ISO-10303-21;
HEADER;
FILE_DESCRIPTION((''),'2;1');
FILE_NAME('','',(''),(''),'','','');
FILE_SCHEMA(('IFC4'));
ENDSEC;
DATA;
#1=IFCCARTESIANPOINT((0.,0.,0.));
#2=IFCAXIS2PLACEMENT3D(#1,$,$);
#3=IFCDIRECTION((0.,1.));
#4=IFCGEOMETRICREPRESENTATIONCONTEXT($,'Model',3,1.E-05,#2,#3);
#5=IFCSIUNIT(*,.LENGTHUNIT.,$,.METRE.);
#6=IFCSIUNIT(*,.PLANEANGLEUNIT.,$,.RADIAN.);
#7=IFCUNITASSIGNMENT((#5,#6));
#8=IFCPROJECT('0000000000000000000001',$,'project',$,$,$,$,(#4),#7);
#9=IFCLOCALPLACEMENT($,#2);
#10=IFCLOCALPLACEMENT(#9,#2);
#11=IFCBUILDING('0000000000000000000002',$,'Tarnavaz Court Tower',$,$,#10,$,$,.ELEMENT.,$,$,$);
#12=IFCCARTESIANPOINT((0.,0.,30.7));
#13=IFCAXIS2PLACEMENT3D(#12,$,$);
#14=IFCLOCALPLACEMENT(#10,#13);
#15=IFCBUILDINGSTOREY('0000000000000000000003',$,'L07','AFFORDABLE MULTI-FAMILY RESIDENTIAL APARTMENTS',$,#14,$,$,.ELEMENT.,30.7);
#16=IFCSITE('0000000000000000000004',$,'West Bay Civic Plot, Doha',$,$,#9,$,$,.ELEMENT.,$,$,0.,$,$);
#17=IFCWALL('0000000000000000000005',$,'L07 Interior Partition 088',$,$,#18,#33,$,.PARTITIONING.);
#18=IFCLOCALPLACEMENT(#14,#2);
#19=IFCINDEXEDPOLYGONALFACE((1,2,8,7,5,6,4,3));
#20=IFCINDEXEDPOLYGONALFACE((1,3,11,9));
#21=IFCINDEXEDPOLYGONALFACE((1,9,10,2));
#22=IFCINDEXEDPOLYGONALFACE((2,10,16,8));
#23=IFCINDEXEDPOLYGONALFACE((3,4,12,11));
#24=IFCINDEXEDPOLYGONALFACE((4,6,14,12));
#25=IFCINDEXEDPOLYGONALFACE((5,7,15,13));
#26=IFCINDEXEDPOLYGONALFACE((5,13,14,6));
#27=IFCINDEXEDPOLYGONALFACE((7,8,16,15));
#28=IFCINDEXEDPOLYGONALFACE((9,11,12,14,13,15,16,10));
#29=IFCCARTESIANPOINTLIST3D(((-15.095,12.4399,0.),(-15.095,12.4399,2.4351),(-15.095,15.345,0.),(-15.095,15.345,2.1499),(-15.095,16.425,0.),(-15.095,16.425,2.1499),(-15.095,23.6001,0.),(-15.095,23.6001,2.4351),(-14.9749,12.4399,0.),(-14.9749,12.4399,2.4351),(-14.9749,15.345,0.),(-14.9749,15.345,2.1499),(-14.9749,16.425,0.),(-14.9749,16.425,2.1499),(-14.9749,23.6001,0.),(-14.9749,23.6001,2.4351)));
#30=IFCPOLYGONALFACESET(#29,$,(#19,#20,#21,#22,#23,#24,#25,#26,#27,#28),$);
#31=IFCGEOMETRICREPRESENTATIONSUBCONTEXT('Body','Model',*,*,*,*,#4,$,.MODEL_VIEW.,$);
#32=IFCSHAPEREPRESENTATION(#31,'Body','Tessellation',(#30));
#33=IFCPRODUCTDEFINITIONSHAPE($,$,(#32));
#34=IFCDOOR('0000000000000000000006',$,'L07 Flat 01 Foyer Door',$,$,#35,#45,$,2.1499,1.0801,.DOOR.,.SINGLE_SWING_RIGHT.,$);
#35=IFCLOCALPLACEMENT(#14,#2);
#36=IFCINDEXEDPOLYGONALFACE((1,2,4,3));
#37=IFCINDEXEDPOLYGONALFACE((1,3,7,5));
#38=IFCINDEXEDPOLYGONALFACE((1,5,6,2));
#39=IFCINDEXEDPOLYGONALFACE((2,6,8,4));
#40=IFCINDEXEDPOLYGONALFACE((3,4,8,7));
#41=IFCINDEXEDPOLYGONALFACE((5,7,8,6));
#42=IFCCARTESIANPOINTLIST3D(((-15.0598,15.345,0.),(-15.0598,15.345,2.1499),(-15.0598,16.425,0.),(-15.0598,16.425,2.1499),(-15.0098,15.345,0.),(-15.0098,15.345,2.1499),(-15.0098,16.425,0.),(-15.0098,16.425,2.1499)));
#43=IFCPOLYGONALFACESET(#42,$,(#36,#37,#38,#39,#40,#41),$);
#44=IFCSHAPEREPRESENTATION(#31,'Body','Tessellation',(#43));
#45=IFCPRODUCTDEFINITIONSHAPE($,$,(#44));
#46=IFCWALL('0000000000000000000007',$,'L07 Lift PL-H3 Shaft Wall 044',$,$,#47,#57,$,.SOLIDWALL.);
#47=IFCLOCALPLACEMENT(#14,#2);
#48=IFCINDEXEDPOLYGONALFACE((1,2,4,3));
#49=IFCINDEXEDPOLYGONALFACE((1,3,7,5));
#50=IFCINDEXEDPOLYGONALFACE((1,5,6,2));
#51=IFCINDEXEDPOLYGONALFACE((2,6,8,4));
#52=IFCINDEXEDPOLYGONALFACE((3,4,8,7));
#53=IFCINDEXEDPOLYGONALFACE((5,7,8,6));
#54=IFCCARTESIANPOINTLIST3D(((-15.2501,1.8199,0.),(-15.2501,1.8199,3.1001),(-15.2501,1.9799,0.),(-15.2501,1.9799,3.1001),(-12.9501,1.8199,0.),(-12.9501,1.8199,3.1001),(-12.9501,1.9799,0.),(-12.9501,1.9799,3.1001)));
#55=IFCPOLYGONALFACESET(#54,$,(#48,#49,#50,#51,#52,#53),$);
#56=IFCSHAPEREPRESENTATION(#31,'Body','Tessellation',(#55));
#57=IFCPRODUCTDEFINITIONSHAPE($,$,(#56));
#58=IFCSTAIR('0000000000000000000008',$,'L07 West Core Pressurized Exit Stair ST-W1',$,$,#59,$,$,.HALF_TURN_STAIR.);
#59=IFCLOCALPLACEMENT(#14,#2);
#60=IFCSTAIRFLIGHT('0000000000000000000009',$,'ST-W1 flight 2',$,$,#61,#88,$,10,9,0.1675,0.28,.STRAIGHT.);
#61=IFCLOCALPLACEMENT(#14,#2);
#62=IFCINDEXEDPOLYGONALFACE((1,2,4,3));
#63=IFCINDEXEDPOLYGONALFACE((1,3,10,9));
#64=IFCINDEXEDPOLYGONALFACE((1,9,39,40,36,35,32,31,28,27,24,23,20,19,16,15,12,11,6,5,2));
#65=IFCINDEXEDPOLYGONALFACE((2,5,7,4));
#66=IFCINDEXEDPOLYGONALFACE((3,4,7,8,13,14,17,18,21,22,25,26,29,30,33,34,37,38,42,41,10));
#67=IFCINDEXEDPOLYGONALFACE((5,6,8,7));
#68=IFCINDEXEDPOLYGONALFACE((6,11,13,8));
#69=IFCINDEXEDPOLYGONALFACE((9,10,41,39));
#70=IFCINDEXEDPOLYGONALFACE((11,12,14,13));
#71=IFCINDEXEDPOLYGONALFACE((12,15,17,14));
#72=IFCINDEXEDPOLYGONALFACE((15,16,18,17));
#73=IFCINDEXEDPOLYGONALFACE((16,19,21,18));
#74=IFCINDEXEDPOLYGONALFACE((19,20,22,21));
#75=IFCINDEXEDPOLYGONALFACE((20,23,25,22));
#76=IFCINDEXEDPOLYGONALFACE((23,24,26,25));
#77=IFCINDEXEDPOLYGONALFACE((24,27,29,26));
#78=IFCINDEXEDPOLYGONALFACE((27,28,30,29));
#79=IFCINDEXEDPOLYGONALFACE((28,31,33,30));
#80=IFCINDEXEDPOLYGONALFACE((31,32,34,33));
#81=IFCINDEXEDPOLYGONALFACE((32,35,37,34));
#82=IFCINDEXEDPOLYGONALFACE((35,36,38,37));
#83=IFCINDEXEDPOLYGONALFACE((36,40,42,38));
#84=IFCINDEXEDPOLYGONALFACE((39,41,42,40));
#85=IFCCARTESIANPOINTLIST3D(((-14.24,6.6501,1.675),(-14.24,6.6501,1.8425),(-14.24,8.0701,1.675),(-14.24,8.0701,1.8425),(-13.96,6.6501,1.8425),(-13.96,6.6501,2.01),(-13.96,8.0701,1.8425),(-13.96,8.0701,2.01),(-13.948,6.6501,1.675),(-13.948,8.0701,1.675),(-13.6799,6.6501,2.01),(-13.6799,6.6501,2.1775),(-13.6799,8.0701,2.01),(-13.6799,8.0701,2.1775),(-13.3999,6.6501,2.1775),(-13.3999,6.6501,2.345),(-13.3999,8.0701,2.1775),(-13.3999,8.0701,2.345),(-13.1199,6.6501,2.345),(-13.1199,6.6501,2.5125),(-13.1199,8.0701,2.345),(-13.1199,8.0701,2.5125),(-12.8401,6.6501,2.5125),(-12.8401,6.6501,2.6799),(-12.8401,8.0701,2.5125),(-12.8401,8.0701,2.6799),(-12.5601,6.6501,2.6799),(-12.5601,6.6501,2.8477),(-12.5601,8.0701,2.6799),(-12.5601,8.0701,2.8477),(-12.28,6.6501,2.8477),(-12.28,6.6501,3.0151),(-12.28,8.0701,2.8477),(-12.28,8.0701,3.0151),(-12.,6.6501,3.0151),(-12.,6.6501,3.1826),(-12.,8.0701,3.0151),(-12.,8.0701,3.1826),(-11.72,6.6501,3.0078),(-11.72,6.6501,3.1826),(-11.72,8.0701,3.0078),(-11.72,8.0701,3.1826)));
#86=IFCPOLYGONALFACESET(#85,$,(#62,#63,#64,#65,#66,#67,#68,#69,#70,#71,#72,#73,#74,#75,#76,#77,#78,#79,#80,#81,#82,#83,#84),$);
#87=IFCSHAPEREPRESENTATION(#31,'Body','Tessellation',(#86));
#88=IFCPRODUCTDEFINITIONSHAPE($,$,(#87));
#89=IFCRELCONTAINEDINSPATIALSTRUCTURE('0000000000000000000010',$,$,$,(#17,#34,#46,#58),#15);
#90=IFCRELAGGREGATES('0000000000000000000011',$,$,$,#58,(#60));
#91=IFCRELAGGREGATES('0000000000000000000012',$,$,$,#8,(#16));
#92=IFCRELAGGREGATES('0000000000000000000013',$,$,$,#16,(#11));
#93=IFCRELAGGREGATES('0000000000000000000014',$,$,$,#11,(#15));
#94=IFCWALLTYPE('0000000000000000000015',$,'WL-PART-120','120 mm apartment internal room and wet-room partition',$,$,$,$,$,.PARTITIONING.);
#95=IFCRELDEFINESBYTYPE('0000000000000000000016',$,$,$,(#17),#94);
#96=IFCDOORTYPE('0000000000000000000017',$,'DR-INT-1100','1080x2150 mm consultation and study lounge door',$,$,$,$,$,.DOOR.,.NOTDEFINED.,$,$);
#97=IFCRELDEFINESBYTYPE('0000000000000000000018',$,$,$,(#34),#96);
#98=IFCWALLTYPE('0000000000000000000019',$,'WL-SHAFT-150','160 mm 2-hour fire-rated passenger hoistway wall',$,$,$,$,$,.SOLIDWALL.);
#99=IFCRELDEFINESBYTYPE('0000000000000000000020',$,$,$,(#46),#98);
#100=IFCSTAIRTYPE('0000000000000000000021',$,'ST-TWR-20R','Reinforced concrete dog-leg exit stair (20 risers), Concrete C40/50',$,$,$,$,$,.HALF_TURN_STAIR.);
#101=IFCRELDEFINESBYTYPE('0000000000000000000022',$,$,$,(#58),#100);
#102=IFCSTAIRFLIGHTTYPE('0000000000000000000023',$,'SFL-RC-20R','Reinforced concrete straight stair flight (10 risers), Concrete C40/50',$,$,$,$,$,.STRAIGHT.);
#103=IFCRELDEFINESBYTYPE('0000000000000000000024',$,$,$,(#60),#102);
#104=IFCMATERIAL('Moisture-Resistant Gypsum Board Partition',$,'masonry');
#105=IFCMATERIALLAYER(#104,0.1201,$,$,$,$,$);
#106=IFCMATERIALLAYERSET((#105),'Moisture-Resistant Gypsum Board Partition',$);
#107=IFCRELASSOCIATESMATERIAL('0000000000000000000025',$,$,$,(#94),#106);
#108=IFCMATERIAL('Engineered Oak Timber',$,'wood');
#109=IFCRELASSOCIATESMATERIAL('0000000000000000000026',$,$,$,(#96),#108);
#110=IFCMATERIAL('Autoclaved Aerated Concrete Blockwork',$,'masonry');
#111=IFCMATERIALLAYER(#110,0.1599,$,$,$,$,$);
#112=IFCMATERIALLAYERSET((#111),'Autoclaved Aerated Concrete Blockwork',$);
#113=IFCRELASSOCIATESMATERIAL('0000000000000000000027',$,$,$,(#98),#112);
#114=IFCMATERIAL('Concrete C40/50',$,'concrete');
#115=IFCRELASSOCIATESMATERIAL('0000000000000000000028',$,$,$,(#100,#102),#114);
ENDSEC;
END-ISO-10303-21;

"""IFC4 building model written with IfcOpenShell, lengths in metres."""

from ifc_helpers import new_model, si_unit, direction, frame, frame_2d, origin, place, context, subcontext, project, spatial, polyline, rectangle, outline, extrude, material, layer, layer_set, type_object, element, fill, aggregate, save


model = new_model("IFC4")

# Units and contexts
model_context = context("Model", 3, precision=1e-05, world=origin(), true_north=direction((0.0, 1.0)))
body_context = subcontext(model_context, "Body", "Model", "MODEL_VIEW")
ifc_project = project(units=[si_unit("LENGTHUNIT", "METRE"), si_unit("PLANEANGLEUNIT", "RADIAN")], contexts=[model_context])

# Site, building, storey
site_placement = place(None, origin())
site = spatial("IfcSite", under=ifc_project, at=site_placement, Name="West Bay Civic Plot, Doha", CompositionType="ELEMENT", RefElevation=0.0)
building_placement = place(site_placement, origin())
building = spatial("IfcBuilding", under=site, at=building_placement, Name="Tarnavaz Court Tower", CompositionType="ELEMENT")
storey_placement = place(building_placement, frame((0.0, 0.0, 30.7)))
storey = spatial("IfcBuildingStorey", under=building, at=storey_placement, Name="L07", Description="AFFORDABLE MULTI-FAMILY RESIDENTIAL APARTMENTS", CompositionType="ELEMENT", Elevation=30.7)

# Shared definitions
ifc_material_1 = material(Name="Engineered Oak Timber", Category="wood")

# Shared definitions
ifc_material_2 = material(Name="Autoclaved Aerated Concrete Blockwork", Category="masonry")

# Wall, opening, door
ifc_material_3 = material(Name="Moisture-Resistant Gypsum Board Partition", Category="masonry")
ifc_layer_1 = layer(ifc_material_3, 0.1201)
ifc_layer_set_1 = layer_set([ifc_layer_1], Name="Moisture-Resistant Gypsum Board Partition")
wall_type_1 = type_object("IfcWallType", Name="WL-PART-120", Description="120 mm apartment internal room and wet-room partition", PredefinedType="PARTITIONING", material=ifc_layer_set_1)
wall_1_placement = place(storey_placement, frame((-15.0349, 12.4399, 0.0), z_axis=(0.0, 0.0, 1.0), x_axis=(0.0, 1.0, 0.0)))
wall_1 = element("IfcWall", 1, at=wall_1_placement, inside=storey, type_object=wall_type_1, Name="L07 Interior Partition 088", PredefinedType="PARTITIONING", context=body_context, shape_type="SweptSolid", body=[
    extrude(rectangle(XDim=11.1602, YDim=0.1201, at=frame_2d((5.5801, 0.0))), origin(), (0.0, 0.0, 1.0), 2.4351),
])
opening_1_placement = place(wall_1_placement, frame((2.905, 0.0, 0.0)))
opening_1 = element("IfcOpeningElement", 2, at=opening_1_placement, cuts=wall_1, PredefinedType="OPENING", context=body_context, shape_type="SweptSolid", body=[
    extrude(rectangle(XDim=1.0801, YDim=2.1499, at=frame_2d((0.54, 1.075))), frame((0.0, 0.0701, 0.0), z_axis=(0.0, -1.0, 0.0), x_axis=(1.0, 0.0, 0.0)), (0.0, 0.0, 1.0), 0.1401),
])
door_type_1 = type_object("IfcDoorType", Name="DR-INT-1100", Description="1080x2150 mm consultation and study lounge door", OperationType="NOTDEFINED", PredefinedType="DOOR", material=ifc_material_1)
door_1_placement = place(opening_1_placement, origin())
door_1 = element("IfcDoor", 3, at=door_1_placement, inside=storey, type_object=door_type_1, Name="L07 Flat 01 Foyer Door", OperationType="SINGLE_SWING_RIGHT", OverallHeight=2.1499, OverallWidth=1.0801, PredefinedType="DOOR", context=body_context, shape_type="SweptSolid", body=[
    extrude(rectangle(XDim=1.0801, YDim=2.1499, at=frame_2d((0.54, 1.075))), frame((0.0, 0.0249, 0.0), z_axis=(0.0, -1.0, 0.0), x_axis=(1.0, 0.0, 0.0)), (0.0, 0.0, 1.0), 0.05),
])
fill(opening_1, door_1)

# Wall
ifc_layer_2 = layer(ifc_material_2, 0.1599)
ifc_layer_set_2 = layer_set([ifc_layer_2], Name="Autoclaved Aerated Concrete Blockwork")
wall_type_2 = type_object("IfcWallType", Name="WL-SHAFT-150", Description="160 mm 2-hour fire-rated passenger hoistway wall", PredefinedType="SOLIDWALL", material=ifc_layer_set_2)
wall_2_placement = place(storey_placement, frame((-15.25, 1.8999, 0.0), z_axis=(0.0, 0.0, 1.0), x_axis=(1.0, 0.0, 0.0)))
element("IfcWall", 4, at=wall_2_placement, inside=storey, type_object=wall_type_2, Name="L07 Lift PL-H3 Shaft Wall 044", PredefinedType="SOLIDWALL", context=body_context, shape_type="SweptSolid", body=[
    extrude(rectangle(XDim=2.3, YDim=0.1599, at=frame_2d((1.1499, 0.0))), origin(), (0.0, 0.0, 1.0), 3.1001),
])

# Stair, stair flight
ifc_material_4 = material(Name="Concrete C40/50", Category="concrete")
stair_type = type_object("IfcStairType", Name="ST-TWR-20R", Description="Reinforced concrete dog-leg exit stair (20 risers), Concrete C40/50", PredefinedType="HALF_TURN_STAIR", material=ifc_material_4)
stair_placement = place(storey_placement, origin())
stair = element("IfcStair", 5, at=stair_placement, inside=storey, type_object=stair_type, Name="L07 West Core Pressurized Exit Stair ST-W1", PredefinedType="HALF_TURN_STAIR")
stair_flight_type = type_object("IfcStairFlightType", Name="SFL-RC-20R", Description="Reinforced concrete straight stair flight (10 risers), Concrete C40/50", PredefinedType="STRAIGHT", material=ifc_material_4)
stair_flight_placement = place(storey_placement, frame((-14.24, 7.3601, 1.675), z_axis=(0.0, 0.0, 1.0), x_axis=(1.0, 0.0, 0.0)))
stair_flight = element("IfcStairFlight", 6, at=stair_flight_placement, type_object=stair_flight_type, Name="ST-W1 flight 2", NumberOfRisers=10, NumberOfTreads=9, PredefinedType="STRAIGHT", RiserHeight=0.1675, TreadLength=0.28, context=body_context, shape_type="SweptSolid", body=[
    extrude(outline(polyline([(0.0, 0.0), (0.0, 0.1675), (0.28, 0.1675), (0.28, 0.335), (0.5601, 0.335), (0.5601, 0.5024), (0.8401, 0.5024), (0.8401, 0.6699), (1.1201, 0.6699), (1.1201, 0.8374), (1.3999, 0.8374), (1.3999, 1.0049), (1.6799, 1.0049), (1.6799, 1.1726), (1.96, 1.1726), (1.96, 1.3401), (2.24, 1.3401), (2.24, 1.5076), (2.52, 1.5076), (2.52, 1.675), (2.52, 1.3328), (0.292, 0.0), (0.0, 0.0)])), frame((0.0, 0.71, 0.0), z_axis=(0.0, -1.0, 0.0), x_axis=(1.0, 0.0, 0.0)), (0.0, 0.0, 1.0), 1.4199),
])
aggregate(stair, [stair_flight])

save(model, "model.ifc")
